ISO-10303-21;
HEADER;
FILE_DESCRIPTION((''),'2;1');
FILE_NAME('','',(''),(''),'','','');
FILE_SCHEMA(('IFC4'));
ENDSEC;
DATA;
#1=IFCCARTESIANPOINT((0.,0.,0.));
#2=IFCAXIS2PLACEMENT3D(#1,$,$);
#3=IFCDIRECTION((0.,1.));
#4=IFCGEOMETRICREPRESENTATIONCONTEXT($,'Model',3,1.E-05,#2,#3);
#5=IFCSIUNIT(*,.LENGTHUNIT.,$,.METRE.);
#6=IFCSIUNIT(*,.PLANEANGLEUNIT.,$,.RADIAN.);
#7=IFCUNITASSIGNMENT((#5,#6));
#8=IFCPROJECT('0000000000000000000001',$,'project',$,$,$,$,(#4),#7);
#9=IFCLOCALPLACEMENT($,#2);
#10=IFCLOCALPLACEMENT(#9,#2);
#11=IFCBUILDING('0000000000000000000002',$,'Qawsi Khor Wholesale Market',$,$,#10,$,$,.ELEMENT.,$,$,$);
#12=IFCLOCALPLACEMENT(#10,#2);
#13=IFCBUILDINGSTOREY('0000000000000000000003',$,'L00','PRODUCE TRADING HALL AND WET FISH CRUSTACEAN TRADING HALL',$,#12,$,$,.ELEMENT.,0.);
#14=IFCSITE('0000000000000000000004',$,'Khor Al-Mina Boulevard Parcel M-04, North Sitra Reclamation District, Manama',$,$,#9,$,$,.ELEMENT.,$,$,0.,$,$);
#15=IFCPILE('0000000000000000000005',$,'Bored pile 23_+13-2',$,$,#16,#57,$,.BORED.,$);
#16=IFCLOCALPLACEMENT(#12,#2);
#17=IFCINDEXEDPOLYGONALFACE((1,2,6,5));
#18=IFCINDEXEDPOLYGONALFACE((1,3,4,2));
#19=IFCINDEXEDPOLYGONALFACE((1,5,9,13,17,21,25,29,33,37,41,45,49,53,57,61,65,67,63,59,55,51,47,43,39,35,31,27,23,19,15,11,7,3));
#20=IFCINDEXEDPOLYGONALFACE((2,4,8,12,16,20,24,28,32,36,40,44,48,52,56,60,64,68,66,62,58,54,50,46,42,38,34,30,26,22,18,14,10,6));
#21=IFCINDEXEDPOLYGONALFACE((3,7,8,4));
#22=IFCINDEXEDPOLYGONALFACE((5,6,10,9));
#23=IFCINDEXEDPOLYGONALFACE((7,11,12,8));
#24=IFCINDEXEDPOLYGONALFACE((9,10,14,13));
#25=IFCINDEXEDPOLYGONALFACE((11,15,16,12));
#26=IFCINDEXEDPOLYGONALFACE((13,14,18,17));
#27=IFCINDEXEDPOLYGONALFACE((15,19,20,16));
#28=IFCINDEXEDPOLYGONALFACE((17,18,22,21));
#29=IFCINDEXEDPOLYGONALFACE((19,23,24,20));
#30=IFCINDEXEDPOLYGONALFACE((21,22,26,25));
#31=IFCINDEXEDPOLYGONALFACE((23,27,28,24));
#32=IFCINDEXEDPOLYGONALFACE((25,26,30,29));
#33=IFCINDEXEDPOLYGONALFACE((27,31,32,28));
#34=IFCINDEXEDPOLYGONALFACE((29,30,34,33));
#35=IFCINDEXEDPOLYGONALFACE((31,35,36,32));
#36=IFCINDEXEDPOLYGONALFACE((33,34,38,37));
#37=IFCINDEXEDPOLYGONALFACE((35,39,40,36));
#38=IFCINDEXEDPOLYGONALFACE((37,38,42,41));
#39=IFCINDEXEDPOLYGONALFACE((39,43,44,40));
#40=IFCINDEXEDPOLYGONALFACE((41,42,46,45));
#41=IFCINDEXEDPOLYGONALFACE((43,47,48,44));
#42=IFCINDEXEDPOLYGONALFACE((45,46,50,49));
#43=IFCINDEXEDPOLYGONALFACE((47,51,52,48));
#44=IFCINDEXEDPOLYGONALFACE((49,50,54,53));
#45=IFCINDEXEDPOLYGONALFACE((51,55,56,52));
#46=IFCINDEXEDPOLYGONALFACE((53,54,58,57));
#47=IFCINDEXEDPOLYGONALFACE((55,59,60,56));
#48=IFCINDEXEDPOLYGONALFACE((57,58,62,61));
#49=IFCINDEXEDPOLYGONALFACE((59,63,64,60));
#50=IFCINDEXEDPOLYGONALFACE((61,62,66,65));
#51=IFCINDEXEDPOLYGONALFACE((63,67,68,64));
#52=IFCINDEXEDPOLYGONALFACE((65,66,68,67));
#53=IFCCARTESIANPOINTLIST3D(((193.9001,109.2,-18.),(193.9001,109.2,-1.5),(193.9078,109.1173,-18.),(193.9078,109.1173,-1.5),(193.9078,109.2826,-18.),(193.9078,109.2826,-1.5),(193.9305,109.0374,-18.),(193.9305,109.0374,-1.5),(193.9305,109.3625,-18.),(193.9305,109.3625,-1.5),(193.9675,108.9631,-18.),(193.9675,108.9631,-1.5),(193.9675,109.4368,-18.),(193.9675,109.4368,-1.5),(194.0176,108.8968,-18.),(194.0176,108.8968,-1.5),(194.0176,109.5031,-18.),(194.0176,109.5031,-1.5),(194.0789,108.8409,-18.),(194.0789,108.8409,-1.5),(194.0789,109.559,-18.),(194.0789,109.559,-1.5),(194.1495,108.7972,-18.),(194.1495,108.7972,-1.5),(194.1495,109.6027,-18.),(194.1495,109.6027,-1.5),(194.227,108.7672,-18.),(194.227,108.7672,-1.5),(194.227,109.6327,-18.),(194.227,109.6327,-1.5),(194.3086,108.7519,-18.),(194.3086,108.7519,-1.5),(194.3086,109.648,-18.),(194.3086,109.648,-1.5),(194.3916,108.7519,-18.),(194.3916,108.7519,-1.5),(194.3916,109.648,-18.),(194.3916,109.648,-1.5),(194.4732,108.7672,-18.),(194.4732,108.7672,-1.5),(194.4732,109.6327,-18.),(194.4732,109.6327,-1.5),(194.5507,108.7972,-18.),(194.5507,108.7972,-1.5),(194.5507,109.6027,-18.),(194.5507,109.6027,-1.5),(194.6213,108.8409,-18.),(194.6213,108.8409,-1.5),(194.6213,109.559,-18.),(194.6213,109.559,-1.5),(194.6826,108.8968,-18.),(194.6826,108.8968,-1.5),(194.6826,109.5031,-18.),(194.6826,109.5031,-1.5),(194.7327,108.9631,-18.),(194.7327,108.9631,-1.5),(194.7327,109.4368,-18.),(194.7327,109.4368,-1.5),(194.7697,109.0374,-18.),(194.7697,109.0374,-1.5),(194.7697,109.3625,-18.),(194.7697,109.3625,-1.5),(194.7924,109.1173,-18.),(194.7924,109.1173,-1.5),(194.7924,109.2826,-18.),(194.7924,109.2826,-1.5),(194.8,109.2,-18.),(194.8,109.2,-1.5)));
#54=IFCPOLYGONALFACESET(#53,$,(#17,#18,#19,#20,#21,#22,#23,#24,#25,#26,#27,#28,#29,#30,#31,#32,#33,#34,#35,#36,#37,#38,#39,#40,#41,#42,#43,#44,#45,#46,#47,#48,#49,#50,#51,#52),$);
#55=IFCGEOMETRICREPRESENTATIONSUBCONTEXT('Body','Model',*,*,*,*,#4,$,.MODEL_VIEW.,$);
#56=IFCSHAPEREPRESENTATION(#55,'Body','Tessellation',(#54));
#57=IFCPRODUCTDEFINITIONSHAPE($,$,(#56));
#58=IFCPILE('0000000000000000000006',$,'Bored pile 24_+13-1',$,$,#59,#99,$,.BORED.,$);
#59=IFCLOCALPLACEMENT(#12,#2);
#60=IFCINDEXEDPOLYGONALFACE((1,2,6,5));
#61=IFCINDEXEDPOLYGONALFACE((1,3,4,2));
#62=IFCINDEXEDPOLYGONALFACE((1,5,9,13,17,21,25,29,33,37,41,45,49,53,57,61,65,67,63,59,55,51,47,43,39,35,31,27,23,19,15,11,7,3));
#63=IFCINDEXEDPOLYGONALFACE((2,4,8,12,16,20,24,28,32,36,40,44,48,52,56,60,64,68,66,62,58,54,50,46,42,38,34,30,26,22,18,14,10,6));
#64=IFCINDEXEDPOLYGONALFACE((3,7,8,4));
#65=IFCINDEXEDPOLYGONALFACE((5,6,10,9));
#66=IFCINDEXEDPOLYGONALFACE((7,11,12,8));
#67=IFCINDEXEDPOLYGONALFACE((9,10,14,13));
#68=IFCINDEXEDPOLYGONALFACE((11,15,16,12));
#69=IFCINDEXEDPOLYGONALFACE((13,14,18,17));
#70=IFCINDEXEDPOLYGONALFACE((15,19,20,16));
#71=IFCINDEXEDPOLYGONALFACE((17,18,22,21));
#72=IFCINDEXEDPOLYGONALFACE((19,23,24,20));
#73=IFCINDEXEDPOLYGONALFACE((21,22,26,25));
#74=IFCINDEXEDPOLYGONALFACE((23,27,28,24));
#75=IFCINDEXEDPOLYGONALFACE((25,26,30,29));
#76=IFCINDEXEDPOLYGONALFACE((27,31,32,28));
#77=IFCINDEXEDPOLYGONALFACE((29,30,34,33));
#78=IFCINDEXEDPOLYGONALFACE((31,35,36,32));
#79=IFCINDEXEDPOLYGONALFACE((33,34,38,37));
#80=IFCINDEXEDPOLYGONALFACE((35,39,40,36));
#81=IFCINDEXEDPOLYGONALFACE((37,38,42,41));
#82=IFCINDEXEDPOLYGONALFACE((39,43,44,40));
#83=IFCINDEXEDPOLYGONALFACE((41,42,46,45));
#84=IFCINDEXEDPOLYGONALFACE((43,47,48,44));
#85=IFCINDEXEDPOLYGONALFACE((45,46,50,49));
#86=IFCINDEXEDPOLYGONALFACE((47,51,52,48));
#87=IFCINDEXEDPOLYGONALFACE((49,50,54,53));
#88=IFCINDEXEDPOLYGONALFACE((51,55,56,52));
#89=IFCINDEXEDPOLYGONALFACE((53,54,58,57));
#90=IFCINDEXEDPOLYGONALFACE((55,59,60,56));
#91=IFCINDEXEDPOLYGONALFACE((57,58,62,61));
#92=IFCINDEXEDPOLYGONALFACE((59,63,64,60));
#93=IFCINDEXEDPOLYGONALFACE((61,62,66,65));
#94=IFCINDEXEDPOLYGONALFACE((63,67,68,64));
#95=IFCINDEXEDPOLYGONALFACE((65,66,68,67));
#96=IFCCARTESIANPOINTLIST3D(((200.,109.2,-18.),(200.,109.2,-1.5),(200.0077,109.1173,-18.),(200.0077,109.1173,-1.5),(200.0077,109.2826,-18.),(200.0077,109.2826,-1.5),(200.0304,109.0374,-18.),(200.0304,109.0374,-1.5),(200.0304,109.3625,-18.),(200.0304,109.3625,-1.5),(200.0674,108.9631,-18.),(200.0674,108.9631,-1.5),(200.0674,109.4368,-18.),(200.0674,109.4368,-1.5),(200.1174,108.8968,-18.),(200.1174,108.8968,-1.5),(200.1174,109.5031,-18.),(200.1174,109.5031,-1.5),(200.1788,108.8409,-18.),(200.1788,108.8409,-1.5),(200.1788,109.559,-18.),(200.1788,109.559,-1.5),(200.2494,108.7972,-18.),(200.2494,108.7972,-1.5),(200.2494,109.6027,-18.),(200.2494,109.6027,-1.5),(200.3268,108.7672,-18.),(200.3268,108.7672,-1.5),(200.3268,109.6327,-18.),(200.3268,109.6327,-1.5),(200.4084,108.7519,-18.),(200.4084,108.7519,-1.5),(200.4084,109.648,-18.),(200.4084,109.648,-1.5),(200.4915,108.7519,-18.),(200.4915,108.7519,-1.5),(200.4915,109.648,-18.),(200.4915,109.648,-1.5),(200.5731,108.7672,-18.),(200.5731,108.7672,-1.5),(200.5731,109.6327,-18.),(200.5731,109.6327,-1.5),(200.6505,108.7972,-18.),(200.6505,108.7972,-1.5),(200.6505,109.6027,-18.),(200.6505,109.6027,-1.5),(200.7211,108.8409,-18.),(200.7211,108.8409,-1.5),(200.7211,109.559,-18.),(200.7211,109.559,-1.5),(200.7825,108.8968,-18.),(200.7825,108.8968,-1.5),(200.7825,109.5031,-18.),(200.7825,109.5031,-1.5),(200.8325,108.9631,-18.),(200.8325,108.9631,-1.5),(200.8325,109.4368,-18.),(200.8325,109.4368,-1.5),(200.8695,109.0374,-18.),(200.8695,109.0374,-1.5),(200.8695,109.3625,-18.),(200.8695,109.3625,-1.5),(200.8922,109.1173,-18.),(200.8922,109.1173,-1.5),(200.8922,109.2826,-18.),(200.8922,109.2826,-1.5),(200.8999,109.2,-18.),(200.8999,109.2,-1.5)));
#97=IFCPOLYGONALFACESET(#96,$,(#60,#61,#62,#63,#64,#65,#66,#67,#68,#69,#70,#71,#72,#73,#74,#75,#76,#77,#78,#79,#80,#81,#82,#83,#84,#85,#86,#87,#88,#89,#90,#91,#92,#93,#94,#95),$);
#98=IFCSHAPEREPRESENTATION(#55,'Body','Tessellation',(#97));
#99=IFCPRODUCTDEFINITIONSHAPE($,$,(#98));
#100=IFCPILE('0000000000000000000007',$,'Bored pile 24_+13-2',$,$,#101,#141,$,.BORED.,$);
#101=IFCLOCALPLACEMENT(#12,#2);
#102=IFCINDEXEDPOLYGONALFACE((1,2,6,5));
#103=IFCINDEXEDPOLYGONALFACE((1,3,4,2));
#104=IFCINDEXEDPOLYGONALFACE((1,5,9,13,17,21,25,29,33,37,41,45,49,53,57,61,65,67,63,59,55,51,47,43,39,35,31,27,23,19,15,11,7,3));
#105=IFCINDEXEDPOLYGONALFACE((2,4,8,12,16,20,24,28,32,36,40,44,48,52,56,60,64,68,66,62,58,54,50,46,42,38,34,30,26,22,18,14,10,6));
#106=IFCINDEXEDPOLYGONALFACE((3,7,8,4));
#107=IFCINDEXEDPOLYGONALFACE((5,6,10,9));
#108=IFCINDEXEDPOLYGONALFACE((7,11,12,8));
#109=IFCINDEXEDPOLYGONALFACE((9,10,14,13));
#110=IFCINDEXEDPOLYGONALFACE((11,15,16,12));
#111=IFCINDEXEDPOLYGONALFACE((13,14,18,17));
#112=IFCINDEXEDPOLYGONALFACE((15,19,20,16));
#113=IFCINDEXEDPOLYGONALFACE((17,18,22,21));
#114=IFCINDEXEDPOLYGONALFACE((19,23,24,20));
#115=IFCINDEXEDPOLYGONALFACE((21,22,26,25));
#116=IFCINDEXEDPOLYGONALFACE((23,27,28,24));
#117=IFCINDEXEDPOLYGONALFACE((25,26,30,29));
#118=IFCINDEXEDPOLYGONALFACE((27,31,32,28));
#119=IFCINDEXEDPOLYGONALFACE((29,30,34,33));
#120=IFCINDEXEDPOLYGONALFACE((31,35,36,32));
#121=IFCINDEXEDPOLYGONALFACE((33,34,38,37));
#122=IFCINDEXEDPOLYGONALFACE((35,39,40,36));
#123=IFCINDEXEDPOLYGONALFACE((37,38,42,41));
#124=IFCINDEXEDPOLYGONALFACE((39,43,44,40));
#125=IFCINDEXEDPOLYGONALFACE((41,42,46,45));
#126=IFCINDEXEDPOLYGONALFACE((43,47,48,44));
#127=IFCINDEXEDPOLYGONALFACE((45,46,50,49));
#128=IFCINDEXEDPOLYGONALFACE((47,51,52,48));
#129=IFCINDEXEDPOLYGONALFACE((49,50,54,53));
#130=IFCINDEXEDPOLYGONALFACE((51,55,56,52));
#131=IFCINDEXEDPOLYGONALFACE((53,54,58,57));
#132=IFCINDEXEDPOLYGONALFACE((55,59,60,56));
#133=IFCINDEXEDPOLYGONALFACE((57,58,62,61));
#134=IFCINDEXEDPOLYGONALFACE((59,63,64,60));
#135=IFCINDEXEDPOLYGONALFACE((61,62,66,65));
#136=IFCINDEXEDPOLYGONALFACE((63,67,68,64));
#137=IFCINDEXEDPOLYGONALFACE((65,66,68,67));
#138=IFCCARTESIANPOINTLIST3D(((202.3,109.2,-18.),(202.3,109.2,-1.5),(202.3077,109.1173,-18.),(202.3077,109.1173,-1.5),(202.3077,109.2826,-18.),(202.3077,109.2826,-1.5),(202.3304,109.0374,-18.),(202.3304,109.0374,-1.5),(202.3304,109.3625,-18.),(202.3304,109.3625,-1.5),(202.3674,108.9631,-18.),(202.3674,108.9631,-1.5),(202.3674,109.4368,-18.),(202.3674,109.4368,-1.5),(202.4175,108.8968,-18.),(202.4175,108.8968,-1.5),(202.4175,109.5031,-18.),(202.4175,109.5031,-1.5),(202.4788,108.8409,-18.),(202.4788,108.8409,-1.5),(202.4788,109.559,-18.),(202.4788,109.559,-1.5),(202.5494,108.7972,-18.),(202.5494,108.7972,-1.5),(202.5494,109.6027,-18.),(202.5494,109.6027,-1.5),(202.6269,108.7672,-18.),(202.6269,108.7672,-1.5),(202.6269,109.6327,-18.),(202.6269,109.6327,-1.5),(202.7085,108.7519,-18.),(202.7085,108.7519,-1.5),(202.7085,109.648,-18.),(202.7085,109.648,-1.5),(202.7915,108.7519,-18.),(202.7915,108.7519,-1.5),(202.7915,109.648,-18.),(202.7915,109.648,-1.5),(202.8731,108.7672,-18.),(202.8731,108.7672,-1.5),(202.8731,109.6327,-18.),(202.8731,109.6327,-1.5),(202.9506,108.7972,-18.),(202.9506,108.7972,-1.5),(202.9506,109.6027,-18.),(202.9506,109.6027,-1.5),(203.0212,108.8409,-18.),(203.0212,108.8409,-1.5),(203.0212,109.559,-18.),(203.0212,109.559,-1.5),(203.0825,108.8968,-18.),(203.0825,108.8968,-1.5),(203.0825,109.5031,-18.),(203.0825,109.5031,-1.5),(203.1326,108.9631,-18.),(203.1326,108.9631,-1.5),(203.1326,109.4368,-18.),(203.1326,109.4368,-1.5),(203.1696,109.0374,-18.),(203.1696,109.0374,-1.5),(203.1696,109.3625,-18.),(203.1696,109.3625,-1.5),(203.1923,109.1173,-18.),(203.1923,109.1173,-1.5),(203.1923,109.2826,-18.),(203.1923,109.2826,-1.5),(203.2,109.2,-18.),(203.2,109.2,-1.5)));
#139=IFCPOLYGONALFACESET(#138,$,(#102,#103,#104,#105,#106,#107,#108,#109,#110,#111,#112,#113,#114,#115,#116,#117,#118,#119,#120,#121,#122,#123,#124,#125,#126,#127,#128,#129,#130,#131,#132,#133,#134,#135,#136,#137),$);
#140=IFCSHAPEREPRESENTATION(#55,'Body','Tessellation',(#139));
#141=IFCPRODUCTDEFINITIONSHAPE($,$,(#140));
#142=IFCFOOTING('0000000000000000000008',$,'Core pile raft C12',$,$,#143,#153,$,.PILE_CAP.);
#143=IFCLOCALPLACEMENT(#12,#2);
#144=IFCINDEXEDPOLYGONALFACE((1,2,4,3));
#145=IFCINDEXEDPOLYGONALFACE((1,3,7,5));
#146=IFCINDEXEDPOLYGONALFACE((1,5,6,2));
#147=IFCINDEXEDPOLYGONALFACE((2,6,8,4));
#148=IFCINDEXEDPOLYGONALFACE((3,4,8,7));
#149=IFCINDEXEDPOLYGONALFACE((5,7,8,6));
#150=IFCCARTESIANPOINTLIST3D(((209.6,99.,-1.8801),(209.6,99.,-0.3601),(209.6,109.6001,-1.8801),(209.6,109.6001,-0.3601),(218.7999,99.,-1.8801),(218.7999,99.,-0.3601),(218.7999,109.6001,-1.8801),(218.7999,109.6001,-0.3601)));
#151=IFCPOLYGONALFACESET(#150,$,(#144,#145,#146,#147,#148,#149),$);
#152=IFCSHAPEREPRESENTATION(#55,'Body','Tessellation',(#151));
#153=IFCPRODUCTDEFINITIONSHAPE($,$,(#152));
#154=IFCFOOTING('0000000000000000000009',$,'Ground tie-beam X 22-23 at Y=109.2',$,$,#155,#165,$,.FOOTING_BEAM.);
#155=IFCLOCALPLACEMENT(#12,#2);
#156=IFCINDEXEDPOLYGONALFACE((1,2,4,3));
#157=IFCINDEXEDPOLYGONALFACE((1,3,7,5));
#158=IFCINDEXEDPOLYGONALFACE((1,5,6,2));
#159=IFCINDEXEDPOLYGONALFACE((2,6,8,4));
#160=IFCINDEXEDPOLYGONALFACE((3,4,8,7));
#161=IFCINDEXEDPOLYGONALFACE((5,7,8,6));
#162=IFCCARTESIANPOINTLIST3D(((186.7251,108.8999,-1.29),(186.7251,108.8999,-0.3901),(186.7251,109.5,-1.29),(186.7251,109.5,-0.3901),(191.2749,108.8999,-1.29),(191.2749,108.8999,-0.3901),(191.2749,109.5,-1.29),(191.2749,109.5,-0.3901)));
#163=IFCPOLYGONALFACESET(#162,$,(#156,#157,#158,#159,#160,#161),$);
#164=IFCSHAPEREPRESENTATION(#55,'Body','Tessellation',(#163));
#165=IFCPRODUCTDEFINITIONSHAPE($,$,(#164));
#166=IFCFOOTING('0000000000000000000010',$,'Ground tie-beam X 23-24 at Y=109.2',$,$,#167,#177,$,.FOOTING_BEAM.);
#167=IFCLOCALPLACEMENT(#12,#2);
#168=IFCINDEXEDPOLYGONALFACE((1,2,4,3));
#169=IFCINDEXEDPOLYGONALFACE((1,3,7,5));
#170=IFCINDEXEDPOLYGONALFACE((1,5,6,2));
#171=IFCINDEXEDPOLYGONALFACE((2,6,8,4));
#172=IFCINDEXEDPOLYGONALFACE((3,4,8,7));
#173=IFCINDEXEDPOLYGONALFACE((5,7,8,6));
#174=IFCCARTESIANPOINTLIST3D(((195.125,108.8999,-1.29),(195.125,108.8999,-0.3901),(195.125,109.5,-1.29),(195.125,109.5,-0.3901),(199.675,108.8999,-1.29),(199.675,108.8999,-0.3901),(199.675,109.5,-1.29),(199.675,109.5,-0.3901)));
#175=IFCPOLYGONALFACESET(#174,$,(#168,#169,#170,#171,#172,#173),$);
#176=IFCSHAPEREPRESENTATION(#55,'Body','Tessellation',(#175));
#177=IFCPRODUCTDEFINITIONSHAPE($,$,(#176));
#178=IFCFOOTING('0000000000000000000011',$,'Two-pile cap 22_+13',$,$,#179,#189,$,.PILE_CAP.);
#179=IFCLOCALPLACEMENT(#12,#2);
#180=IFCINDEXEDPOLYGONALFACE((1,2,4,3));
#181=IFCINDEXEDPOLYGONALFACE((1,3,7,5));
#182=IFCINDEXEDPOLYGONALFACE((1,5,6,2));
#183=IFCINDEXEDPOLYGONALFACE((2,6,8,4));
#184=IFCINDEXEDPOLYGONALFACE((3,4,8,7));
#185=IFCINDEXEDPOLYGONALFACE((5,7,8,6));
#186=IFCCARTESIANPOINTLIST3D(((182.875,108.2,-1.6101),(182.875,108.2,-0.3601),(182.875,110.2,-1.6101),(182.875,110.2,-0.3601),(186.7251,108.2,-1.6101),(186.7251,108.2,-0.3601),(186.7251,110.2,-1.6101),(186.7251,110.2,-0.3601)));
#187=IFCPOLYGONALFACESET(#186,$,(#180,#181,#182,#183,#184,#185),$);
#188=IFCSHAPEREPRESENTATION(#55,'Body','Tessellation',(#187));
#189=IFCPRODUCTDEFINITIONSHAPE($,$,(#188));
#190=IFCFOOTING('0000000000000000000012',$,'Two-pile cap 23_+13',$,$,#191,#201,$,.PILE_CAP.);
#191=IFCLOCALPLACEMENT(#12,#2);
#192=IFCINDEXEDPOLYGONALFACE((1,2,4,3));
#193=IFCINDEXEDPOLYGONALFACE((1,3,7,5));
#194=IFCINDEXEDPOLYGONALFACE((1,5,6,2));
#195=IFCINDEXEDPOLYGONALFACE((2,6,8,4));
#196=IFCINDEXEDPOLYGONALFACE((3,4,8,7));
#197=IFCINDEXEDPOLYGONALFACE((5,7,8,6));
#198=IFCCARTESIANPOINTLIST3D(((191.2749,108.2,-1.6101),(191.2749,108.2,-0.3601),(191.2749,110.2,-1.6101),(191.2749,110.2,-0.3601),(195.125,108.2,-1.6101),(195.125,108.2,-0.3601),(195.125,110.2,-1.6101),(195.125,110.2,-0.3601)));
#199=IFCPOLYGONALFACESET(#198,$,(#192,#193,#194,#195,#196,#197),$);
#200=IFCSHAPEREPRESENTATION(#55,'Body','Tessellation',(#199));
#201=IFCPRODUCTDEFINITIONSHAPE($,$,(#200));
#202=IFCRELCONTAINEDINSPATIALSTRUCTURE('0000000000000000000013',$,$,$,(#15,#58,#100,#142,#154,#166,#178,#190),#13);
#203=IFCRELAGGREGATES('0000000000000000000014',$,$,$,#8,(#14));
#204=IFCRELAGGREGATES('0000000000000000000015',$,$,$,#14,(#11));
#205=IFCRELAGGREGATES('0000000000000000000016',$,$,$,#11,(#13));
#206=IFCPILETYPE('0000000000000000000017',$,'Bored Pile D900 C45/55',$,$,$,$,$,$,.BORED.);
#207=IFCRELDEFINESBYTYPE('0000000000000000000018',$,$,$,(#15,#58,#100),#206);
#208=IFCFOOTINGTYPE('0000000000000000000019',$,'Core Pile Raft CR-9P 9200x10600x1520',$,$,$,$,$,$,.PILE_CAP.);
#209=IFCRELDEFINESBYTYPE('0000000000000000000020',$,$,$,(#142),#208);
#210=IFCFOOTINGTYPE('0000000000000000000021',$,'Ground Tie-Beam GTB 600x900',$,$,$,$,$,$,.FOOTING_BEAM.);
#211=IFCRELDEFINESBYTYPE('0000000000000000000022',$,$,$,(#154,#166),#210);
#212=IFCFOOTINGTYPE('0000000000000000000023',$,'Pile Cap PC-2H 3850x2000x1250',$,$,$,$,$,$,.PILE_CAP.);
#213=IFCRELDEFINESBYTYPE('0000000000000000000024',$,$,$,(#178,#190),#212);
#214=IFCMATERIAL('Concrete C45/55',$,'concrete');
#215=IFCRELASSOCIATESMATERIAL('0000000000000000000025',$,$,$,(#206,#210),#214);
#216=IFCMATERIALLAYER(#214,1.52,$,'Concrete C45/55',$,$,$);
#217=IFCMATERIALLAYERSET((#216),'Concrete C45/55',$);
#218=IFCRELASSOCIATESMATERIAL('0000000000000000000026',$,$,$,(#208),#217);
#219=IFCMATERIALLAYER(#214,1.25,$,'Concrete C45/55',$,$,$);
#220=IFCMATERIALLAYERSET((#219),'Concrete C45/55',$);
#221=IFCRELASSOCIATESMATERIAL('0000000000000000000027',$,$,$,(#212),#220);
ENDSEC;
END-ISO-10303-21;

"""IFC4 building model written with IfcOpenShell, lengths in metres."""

from ifc_helpers import new_model, si_unit, direction, frame, origin, origin_2d, place, context, subcontext, project, spatial, rectangle, circle, extrude, material, layer, layer_set, material_profile, profile_set, type_object, element, save


model = new_model("IFC4")

# Units and contexts
model_context = context("Model", 3, precision=1e-05, world=origin(), true_north=direction((0.0, 1.0)))
body_context = subcontext(model_context, "Body", "Model", "MODEL_VIEW")
ifc_project = project(units=[si_unit("LENGTHUNIT", "METRE"), si_unit("PLANEANGLEUNIT", "RADIAN")], contexts=[model_context])

# Site, building, storey
site_placement = place(None, origin())
site = spatial("IfcSite", under=ifc_project, at=site_placement, Name="Khor Al-Mina Boulevard Parcel M-04, North Sitra Reclamation District, Manama", CompositionType="ELEMENT", RefElevation=0.0)
building_placement = place(site_placement, origin())
building = spatial("IfcBuilding", under=site, at=building_placement, Name="Qawsi Khor Wholesale Market", CompositionType="ELEMENT")
storey_placement = place(building_placement, origin())
storey = spatial("IfcBuildingStorey", under=building, at=storey_placement, Name="L00", Description="PRODUCE TRADING HALL AND WET FISH CRUSTACEAN TRADING HALL", CompositionType="ELEMENT", Elevation=0.0)

# Piles
ifc_material_1 = material(Name="Concrete C45/55", Category="concrete")
ifc_material_profile_1 = material_profile(ifc_material_1, circle(Radius=0.45, at=origin_2d()), Name="PILE D900")
ifc_profile_set_1 = profile_set([ifc_material_profile_1], Name="Concrete C45/55")
pile_type_1 = type_object("IfcPileType", Name="Bored Pile D900 C45/55", PredefinedType="BORED", material=ifc_profile_set_1)
for number, where, z_axis, x_axis, name in (
    (1, (194.3501, 109.2, -1.5), (0.0, 0.0, -1.0), (1.0, 0.0, 0.0), "Bored pile 23_+13-2"),
    (2, (200.45, 109.2, -1.5), (0.0, 0.0, -1.0), (1.0, 0.0, 0.0), "Bored pile 24_+13-1"),
    (3, (202.75, 109.2, -1.5), (0.0, 0.0, -1.0), (1.0, 0.0, 0.0), "Bored pile 24_+13-2"),
):
    element("IfcPile", number, at=place(storey_placement, frame(where, z_axis=z_axis, x_axis=x_axis)), inside=storey, type_object=pile_type_1, Name=name, PredefinedType="BORED", context=body_context, shape_type="SweptSolid", body=[
        extrude(circle(Radius=0.45, at=origin_2d()), origin(), (0.0, 0.0, 1.0), 16.5),
    ])

# Footings
ifc_layer_1 = layer(ifc_material_1, 1.52, Name="Concrete C45/55")
ifc_layer_set_1 = layer_set([ifc_layer_1], Name="Concrete C45/55")
footing_type_1 = type_object("IfcFootingType", Name="Core Pile Raft CR-9P 9200x10600x1520", PredefinedType="PILE_CAP", material=ifc_layer_set_1)
footing_1_placement = place(storey_placement, frame((214.2, 104.3, -1.8801), z_axis=(0.0, 0.0, 1.0), x_axis=(1.0, 0.0, 0.0)))
element("IfcFooting", 4, at=footing_1_placement, inside=storey, type_object=footing_type_1, Name="Core pile raft C12", PredefinedType="PILE_CAP", context=body_context, shape_type="SweptSolid", body=[
    extrude(rectangle(XDim=9.2, YDim=10.6001, at=origin_2d()), origin(), (0.0, 0.0, 1.0), 1.52),
])
ifc_material_profile_2 = material_profile(ifc_material_1, rectangle(XDim=0.6001, YDim=0.8999, at=origin_2d()), Name="RC 600x900")
ifc_profile_set_2 = profile_set([ifc_material_profile_2], Name="Concrete C45/55")
footing_type_2 = type_object("IfcFootingType", Name="Ground Tie-Beam GTB 600x900", PredefinedType="FOOTING_BEAM", material=ifc_profile_set_2)
footing_2_placement = place(storey_placement, frame((186.7251, 109.2, -0.8401), z_axis=(1.0, 0.0, 0.0), x_axis=(0.0, 1.0, 0.0)))
element("IfcFooting", 5, at=footing_2_placement, inside=storey, type_object=footing_type_2, Name="Ground tie-beam X 22-23 at Y=109.2", PredefinedType="FOOTING_BEAM", context=body_context, shape_type="SweptSolid", body=[
    extrude(rectangle(XDim=0.6001, YDim=0.8999, at=origin_2d()), origin(), (0.0, 0.0, 1.0), 4.5498),
])
footing_3_placement = place(storey_placement, frame((195.125, 109.2, -0.8401), z_axis=(1.0, 0.0, 0.0), x_axis=(0.0, 1.0, 0.0)))
element("IfcFooting", 6, at=footing_3_placement, inside=storey, type_object=footing_type_2, Name="Ground tie-beam X 23-24 at Y=109.2", PredefinedType="FOOTING_BEAM", context=body_context, shape_type="SweptSolid", body=[
    extrude(rectangle(XDim=0.6001, YDim=0.8999, at=origin_2d()), origin(), (0.0, 0.0, 1.0), 4.55),
])
ifc_layer_2 = layer(ifc_material_1, 1.25, Name="Concrete C45/55")
ifc_layer_set_2 = layer_set([ifc_layer_2], Name="Concrete C45/55")
footing_type_3 = type_object("IfcFootingType", Name="Pile Cap PC-2H 3850x2000x1250", PredefinedType="PILE_CAP", material=ifc_layer_set_2)
for number, where, z_axis, x_axis, name in (
    (7, (184.8, 109.2, -1.6101), (0.0, 0.0, 1.0), (1.0, 0.0, 0.0), "Two-pile cap 22_+13"),
    (8, (193.2, 109.2, -1.6101), (0.0, 0.0, 1.0), (1.0, 0.0, 0.0), "Two-pile cap 23_+13"),
):
    element("IfcFooting", number, at=place(storey_placement, frame(where, z_axis=z_axis, x_axis=x_axis)), inside=storey, type_object=footing_type_3, Name=name, PredefinedType="PILE_CAP", context=body_context, shape_type="SweptSolid", body=[
        extrude(rectangle(XDim=3.8501, YDim=2.0, at=origin_2d()), origin(), (0.0, 0.0, 1.0), 1.25),
    ])

save(model, "model.ifc")
